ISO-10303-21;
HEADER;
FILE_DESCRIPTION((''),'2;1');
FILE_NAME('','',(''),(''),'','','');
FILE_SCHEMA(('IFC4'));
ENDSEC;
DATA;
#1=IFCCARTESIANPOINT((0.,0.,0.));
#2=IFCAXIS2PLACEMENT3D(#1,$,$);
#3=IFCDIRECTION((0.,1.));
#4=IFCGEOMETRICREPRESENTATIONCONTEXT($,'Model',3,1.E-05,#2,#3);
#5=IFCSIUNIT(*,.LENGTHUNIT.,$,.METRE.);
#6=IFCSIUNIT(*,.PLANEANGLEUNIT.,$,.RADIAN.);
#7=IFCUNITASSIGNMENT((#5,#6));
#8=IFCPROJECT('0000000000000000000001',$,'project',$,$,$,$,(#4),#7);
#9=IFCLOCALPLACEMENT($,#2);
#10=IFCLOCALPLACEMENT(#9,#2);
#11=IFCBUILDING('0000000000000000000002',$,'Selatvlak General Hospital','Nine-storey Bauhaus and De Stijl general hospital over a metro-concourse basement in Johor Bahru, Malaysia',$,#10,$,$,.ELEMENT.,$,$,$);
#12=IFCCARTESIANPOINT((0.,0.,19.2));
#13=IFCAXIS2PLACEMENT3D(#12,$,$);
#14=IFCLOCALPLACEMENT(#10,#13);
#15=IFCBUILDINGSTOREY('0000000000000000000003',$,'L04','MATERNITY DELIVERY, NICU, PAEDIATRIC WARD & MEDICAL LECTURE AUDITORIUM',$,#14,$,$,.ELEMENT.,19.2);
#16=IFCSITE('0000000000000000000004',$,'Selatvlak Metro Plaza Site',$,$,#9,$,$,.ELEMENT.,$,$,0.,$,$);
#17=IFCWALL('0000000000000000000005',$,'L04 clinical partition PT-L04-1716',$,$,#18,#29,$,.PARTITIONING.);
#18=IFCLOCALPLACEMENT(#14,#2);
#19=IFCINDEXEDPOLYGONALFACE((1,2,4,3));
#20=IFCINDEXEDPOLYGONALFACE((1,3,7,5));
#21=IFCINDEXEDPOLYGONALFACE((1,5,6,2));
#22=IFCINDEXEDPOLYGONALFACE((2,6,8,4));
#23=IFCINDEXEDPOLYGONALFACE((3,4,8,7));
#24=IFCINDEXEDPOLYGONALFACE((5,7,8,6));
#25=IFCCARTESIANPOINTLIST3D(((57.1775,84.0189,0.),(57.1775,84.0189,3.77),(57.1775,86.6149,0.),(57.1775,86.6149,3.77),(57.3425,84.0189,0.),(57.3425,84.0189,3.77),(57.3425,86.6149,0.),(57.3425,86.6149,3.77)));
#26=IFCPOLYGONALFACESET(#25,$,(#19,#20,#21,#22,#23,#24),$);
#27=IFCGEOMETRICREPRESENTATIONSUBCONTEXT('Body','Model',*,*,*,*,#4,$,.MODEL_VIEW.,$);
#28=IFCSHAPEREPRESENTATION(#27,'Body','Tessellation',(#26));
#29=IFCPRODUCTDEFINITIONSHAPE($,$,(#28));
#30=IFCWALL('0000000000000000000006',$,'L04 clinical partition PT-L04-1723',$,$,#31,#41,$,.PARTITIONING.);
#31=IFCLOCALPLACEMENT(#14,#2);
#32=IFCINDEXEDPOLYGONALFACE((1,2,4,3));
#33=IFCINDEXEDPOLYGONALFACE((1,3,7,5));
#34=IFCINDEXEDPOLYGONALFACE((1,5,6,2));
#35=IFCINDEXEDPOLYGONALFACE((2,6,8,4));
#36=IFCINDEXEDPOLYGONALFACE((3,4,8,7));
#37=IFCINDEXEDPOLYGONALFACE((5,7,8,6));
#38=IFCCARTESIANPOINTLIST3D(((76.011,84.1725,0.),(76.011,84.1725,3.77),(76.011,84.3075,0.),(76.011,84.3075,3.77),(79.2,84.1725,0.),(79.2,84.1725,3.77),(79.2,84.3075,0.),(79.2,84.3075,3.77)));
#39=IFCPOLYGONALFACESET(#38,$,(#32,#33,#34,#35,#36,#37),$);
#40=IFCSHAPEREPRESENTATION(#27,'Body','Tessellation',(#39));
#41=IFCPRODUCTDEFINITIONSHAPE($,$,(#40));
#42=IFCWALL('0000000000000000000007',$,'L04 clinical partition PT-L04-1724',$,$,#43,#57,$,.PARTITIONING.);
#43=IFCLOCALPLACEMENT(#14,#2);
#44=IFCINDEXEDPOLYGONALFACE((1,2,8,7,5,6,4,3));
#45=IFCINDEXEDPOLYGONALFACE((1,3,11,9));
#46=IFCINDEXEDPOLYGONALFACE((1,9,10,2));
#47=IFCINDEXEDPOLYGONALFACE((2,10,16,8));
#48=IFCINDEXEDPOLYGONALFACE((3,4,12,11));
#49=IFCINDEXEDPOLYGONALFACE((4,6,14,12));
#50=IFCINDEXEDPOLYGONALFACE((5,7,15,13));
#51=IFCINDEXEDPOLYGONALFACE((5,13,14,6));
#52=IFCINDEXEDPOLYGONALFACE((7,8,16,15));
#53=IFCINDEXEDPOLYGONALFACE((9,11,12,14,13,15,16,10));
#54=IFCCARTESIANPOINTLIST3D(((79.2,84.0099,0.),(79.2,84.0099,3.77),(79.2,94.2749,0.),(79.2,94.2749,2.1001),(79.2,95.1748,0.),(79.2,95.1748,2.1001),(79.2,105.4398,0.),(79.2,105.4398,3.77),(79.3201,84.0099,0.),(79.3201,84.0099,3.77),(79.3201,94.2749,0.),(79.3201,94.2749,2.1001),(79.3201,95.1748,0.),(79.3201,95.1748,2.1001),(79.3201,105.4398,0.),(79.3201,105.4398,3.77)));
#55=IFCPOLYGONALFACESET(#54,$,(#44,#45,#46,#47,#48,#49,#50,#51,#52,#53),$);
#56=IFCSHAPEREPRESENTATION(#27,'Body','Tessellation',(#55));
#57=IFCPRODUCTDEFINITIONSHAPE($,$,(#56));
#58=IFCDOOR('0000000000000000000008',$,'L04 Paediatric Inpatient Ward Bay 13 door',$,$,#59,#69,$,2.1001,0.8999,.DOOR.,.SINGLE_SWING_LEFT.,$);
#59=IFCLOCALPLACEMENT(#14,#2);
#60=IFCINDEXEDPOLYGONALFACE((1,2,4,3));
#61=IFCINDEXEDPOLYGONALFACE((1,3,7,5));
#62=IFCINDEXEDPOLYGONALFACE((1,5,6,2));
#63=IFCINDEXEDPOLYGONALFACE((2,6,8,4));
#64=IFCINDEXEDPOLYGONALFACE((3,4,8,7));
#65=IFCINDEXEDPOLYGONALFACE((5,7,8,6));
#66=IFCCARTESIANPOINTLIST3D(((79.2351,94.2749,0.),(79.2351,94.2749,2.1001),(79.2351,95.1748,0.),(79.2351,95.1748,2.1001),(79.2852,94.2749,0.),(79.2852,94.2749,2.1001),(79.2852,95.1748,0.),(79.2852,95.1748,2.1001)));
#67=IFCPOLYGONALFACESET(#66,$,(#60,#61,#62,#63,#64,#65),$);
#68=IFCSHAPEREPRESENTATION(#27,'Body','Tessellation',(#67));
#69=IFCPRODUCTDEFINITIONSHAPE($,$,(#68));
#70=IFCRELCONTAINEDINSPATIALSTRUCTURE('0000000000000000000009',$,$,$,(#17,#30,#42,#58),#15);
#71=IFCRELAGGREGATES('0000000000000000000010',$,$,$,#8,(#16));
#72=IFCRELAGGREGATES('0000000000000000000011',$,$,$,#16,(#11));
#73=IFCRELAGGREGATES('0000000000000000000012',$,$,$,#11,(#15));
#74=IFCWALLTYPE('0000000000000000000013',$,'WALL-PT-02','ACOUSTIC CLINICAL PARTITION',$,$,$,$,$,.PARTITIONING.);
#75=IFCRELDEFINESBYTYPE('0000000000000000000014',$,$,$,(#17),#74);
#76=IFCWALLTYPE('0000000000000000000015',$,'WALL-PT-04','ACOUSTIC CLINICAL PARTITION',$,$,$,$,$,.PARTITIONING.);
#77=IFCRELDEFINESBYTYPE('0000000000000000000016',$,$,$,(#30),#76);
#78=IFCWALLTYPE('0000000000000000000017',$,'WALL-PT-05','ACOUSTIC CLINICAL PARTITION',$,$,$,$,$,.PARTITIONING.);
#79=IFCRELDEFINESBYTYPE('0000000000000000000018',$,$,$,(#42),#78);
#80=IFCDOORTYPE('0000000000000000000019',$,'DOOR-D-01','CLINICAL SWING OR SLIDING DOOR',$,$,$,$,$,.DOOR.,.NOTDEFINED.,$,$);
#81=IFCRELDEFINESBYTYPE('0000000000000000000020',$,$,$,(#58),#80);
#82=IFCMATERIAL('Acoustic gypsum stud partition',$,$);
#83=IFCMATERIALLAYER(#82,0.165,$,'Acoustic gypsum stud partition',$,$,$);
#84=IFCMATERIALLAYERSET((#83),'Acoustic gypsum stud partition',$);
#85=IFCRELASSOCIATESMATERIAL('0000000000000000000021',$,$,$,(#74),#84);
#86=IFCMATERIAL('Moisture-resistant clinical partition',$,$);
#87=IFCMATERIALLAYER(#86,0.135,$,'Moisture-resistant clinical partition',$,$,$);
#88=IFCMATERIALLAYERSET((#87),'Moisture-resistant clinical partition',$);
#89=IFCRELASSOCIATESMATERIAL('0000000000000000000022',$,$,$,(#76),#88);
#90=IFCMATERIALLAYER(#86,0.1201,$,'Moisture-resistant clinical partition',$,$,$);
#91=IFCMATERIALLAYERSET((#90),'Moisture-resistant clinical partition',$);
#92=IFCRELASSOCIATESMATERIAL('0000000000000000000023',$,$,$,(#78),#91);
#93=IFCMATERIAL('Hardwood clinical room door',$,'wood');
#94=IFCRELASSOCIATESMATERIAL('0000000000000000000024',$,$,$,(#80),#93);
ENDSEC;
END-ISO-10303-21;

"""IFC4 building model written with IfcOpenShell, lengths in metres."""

from ifc_helpers import new_model, si_unit, direction, frame, frame_2d, origin, place, context, subcontext, project, spatial, rectangle, extrude, material, layer, layer_set, type_object, element, fill, save


model = new_model("IFC4")

# Units and contexts
model_context = context("Model", 3, precision=1e-05, world=origin(), true_north=direction((0.0, 1.0)))
body_context = subcontext(model_context, "Body", "Model", "MODEL_VIEW")
ifc_project = project(units=[si_unit("LENGTHUNIT", "METRE"), si_unit("PLANEANGLEUNIT", "RADIAN")], contexts=[model_context])

# Site, building, storey
site_placement = place(None, origin())
site = spatial("IfcSite", under=ifc_project, at=site_placement, Name="Selatvlak Metro Plaza Site", CompositionType="ELEMENT", RefElevation=0.0)
building_placement = place(site_placement, origin())
building = spatial("IfcBuilding", under=site, at=building_placement, Name="Selatvlak General Hospital", Description="Nine-storey Bauhaus and De Stijl general hospital over a metro-concourse basement in Johor Bahru, Malaysia", CompositionType="ELEMENT")
storey_placement = place(building_placement, frame((0.0, 0.0, 19.2)))
storey = spatial("IfcBuildingStorey", under=building, at=storey_placement, Name="L04", Description="MATERNITY DELIVERY, NICU, PAEDIATRIC WARD & MEDICAL LECTURE AUDITORIUM", CompositionType="ELEMENT", Elevation=19.2)

# Walls
ifc_material_1 = material(Name="Acoustic gypsum stud partition")
ifc_layer_1 = layer(ifc_material_1, 0.165, Name="Acoustic gypsum stud partition")
ifc_layer_set_1 = layer_set([ifc_layer_1], Name="Acoustic gypsum stud partition")
wall_type_1 = type_object("IfcWallType", Name="WALL-PT-02", Description="ACOUSTIC CLINICAL PARTITION", PredefinedType="PARTITIONING", material=ifc_layer_set_1)
wall_1_placement = place(storey_placement, frame((57.26, 84.019, 0.0), z_axis=(0.0, 0.0, 1.0), x_axis=(0.0, 1.0, 0.0)))
element("IfcWall", 1, at=wall_1_placement, inside=storey, type_object=wall_type_1, Name="L04 clinical partition PT-L04-1716", PredefinedType="PARTITIONING", context=body_context, shape_type="SweptSolid", body=[
    extrude(rectangle(XDim=2.5959, YDim=0.165, at=frame_2d((1.2979, 0.0))), origin(), (0.0, 0.0, 1.0), 3.77),
])
ifc_material_2 = material(Name="Moisture-resistant clinical partition")
ifc_layer_2 = layer(ifc_material_2, 0.135, Name="Moisture-resistant clinical partition")
ifc_layer_set_2 = layer_set([ifc_layer_2], Name="Moisture-resistant clinical partition")
wall_type_2 = type_object("IfcWallType", Name="WALL-PT-04", Description="ACOUSTIC CLINICAL PARTITION", PredefinedType="PARTITIONING", material=ifc_layer_set_2)
wall_2_placement = place(storey_placement, frame((76.011, 84.24, 0.0), z_axis=(0.0, 0.0, 1.0), x_axis=(1.0, 0.0, 0.0)))
element("IfcWall", 2, at=wall_2_placement, inside=storey, type_object=wall_type_2, Name="L04 clinical partition PT-L04-1723", PredefinedType="PARTITIONING", context=body_context, shape_type="SweptSolid", body=[
    extrude(rectangle(XDim=3.189, YDim=0.135, at=frame_2d((1.5945, 0.0))), origin(), (0.0, 0.0, 1.0), 3.77),
])

# Wall, opening, door
ifc_layer_3 = layer(ifc_material_2, 0.1201, Name="Moisture-resistant clinical partition")
ifc_layer_set_3 = layer_set([ifc_layer_3], Name="Moisture-resistant clinical partition")
wall_type_3 = type_object("IfcWallType", Name="WALL-PT-05", Description="ACOUSTIC CLINICAL PARTITION", PredefinedType="PARTITIONING", material=ifc_layer_set_3)
wall_3_placement = place(storey_placement, frame((79.26, 84.01, 0.0), z_axis=(0.0, 0.0, 1.0), x_axis=(0.0, 1.0, 0.0)))
wall_3 = element("IfcWall", 3, at=wall_3_placement, inside=storey, type_object=wall_type_3, Name="L04 clinical partition PT-L04-1724", PredefinedType="PARTITIONING", context=body_context, shape_type="SweptSolid", body=[
    extrude(rectangle(XDim=21.4299, YDim=0.1201, at=frame_2d((10.7148, 0.0))), origin(), (0.0, 0.0, 1.0), 3.77),
])
opening_placement = place(wall_3_placement, frame((10.2649, 0.0, 0.0)))
opening = element("IfcOpeningElement", 4, at=opening_placement, cuts=wall_3, PredefinedType="OPENING", context=body_context, shape_type="SweptSolid", body=[
    extrude(rectangle(XDim=0.8999, YDim=2.1001, at=frame_2d((0.45, 1.05))), frame((0.0, 0.0701, 0.0), z_axis=(0.0, -1.0, 0.0), x_axis=(1.0, 0.0, 0.0)), (0.0, 0.0, 1.0), 0.1401),
])
ifc_material_3 = material(Name="Hardwood clinical room door", Category="wood")
door_type = type_object("IfcDoorType", Name="DOOR-D-01", Description="CLINICAL SWING OR SLIDING DOOR", OperationType="NOTDEFINED", PredefinedType="DOOR", material=ifc_material_3)
door_placement = place(opening_placement, origin())
door = element("IfcDoor", 5, at=door_placement, inside=storey, type_object=door_type, Name="L04 Paediatric Inpatient Ward Bay 13 door", OperationType="SINGLE_SWING_LEFT", OverallHeight=2.1001, OverallWidth=0.8999, PredefinedType="DOOR", context=body_context, shape_type="SweptSolid", body=[
    extrude(rectangle(XDim=0.8999, YDim=2.1001, at=frame_2d((0.45, 1.05))), frame((0.0, 0.0249, 0.0), z_axis=(0.0, -1.0, 0.0), x_axis=(1.0, 0.0, 0.0)), (0.0, 0.0, 1.0), 0.05),
])
fill(opening, door)

save(model, "model.ifc")
